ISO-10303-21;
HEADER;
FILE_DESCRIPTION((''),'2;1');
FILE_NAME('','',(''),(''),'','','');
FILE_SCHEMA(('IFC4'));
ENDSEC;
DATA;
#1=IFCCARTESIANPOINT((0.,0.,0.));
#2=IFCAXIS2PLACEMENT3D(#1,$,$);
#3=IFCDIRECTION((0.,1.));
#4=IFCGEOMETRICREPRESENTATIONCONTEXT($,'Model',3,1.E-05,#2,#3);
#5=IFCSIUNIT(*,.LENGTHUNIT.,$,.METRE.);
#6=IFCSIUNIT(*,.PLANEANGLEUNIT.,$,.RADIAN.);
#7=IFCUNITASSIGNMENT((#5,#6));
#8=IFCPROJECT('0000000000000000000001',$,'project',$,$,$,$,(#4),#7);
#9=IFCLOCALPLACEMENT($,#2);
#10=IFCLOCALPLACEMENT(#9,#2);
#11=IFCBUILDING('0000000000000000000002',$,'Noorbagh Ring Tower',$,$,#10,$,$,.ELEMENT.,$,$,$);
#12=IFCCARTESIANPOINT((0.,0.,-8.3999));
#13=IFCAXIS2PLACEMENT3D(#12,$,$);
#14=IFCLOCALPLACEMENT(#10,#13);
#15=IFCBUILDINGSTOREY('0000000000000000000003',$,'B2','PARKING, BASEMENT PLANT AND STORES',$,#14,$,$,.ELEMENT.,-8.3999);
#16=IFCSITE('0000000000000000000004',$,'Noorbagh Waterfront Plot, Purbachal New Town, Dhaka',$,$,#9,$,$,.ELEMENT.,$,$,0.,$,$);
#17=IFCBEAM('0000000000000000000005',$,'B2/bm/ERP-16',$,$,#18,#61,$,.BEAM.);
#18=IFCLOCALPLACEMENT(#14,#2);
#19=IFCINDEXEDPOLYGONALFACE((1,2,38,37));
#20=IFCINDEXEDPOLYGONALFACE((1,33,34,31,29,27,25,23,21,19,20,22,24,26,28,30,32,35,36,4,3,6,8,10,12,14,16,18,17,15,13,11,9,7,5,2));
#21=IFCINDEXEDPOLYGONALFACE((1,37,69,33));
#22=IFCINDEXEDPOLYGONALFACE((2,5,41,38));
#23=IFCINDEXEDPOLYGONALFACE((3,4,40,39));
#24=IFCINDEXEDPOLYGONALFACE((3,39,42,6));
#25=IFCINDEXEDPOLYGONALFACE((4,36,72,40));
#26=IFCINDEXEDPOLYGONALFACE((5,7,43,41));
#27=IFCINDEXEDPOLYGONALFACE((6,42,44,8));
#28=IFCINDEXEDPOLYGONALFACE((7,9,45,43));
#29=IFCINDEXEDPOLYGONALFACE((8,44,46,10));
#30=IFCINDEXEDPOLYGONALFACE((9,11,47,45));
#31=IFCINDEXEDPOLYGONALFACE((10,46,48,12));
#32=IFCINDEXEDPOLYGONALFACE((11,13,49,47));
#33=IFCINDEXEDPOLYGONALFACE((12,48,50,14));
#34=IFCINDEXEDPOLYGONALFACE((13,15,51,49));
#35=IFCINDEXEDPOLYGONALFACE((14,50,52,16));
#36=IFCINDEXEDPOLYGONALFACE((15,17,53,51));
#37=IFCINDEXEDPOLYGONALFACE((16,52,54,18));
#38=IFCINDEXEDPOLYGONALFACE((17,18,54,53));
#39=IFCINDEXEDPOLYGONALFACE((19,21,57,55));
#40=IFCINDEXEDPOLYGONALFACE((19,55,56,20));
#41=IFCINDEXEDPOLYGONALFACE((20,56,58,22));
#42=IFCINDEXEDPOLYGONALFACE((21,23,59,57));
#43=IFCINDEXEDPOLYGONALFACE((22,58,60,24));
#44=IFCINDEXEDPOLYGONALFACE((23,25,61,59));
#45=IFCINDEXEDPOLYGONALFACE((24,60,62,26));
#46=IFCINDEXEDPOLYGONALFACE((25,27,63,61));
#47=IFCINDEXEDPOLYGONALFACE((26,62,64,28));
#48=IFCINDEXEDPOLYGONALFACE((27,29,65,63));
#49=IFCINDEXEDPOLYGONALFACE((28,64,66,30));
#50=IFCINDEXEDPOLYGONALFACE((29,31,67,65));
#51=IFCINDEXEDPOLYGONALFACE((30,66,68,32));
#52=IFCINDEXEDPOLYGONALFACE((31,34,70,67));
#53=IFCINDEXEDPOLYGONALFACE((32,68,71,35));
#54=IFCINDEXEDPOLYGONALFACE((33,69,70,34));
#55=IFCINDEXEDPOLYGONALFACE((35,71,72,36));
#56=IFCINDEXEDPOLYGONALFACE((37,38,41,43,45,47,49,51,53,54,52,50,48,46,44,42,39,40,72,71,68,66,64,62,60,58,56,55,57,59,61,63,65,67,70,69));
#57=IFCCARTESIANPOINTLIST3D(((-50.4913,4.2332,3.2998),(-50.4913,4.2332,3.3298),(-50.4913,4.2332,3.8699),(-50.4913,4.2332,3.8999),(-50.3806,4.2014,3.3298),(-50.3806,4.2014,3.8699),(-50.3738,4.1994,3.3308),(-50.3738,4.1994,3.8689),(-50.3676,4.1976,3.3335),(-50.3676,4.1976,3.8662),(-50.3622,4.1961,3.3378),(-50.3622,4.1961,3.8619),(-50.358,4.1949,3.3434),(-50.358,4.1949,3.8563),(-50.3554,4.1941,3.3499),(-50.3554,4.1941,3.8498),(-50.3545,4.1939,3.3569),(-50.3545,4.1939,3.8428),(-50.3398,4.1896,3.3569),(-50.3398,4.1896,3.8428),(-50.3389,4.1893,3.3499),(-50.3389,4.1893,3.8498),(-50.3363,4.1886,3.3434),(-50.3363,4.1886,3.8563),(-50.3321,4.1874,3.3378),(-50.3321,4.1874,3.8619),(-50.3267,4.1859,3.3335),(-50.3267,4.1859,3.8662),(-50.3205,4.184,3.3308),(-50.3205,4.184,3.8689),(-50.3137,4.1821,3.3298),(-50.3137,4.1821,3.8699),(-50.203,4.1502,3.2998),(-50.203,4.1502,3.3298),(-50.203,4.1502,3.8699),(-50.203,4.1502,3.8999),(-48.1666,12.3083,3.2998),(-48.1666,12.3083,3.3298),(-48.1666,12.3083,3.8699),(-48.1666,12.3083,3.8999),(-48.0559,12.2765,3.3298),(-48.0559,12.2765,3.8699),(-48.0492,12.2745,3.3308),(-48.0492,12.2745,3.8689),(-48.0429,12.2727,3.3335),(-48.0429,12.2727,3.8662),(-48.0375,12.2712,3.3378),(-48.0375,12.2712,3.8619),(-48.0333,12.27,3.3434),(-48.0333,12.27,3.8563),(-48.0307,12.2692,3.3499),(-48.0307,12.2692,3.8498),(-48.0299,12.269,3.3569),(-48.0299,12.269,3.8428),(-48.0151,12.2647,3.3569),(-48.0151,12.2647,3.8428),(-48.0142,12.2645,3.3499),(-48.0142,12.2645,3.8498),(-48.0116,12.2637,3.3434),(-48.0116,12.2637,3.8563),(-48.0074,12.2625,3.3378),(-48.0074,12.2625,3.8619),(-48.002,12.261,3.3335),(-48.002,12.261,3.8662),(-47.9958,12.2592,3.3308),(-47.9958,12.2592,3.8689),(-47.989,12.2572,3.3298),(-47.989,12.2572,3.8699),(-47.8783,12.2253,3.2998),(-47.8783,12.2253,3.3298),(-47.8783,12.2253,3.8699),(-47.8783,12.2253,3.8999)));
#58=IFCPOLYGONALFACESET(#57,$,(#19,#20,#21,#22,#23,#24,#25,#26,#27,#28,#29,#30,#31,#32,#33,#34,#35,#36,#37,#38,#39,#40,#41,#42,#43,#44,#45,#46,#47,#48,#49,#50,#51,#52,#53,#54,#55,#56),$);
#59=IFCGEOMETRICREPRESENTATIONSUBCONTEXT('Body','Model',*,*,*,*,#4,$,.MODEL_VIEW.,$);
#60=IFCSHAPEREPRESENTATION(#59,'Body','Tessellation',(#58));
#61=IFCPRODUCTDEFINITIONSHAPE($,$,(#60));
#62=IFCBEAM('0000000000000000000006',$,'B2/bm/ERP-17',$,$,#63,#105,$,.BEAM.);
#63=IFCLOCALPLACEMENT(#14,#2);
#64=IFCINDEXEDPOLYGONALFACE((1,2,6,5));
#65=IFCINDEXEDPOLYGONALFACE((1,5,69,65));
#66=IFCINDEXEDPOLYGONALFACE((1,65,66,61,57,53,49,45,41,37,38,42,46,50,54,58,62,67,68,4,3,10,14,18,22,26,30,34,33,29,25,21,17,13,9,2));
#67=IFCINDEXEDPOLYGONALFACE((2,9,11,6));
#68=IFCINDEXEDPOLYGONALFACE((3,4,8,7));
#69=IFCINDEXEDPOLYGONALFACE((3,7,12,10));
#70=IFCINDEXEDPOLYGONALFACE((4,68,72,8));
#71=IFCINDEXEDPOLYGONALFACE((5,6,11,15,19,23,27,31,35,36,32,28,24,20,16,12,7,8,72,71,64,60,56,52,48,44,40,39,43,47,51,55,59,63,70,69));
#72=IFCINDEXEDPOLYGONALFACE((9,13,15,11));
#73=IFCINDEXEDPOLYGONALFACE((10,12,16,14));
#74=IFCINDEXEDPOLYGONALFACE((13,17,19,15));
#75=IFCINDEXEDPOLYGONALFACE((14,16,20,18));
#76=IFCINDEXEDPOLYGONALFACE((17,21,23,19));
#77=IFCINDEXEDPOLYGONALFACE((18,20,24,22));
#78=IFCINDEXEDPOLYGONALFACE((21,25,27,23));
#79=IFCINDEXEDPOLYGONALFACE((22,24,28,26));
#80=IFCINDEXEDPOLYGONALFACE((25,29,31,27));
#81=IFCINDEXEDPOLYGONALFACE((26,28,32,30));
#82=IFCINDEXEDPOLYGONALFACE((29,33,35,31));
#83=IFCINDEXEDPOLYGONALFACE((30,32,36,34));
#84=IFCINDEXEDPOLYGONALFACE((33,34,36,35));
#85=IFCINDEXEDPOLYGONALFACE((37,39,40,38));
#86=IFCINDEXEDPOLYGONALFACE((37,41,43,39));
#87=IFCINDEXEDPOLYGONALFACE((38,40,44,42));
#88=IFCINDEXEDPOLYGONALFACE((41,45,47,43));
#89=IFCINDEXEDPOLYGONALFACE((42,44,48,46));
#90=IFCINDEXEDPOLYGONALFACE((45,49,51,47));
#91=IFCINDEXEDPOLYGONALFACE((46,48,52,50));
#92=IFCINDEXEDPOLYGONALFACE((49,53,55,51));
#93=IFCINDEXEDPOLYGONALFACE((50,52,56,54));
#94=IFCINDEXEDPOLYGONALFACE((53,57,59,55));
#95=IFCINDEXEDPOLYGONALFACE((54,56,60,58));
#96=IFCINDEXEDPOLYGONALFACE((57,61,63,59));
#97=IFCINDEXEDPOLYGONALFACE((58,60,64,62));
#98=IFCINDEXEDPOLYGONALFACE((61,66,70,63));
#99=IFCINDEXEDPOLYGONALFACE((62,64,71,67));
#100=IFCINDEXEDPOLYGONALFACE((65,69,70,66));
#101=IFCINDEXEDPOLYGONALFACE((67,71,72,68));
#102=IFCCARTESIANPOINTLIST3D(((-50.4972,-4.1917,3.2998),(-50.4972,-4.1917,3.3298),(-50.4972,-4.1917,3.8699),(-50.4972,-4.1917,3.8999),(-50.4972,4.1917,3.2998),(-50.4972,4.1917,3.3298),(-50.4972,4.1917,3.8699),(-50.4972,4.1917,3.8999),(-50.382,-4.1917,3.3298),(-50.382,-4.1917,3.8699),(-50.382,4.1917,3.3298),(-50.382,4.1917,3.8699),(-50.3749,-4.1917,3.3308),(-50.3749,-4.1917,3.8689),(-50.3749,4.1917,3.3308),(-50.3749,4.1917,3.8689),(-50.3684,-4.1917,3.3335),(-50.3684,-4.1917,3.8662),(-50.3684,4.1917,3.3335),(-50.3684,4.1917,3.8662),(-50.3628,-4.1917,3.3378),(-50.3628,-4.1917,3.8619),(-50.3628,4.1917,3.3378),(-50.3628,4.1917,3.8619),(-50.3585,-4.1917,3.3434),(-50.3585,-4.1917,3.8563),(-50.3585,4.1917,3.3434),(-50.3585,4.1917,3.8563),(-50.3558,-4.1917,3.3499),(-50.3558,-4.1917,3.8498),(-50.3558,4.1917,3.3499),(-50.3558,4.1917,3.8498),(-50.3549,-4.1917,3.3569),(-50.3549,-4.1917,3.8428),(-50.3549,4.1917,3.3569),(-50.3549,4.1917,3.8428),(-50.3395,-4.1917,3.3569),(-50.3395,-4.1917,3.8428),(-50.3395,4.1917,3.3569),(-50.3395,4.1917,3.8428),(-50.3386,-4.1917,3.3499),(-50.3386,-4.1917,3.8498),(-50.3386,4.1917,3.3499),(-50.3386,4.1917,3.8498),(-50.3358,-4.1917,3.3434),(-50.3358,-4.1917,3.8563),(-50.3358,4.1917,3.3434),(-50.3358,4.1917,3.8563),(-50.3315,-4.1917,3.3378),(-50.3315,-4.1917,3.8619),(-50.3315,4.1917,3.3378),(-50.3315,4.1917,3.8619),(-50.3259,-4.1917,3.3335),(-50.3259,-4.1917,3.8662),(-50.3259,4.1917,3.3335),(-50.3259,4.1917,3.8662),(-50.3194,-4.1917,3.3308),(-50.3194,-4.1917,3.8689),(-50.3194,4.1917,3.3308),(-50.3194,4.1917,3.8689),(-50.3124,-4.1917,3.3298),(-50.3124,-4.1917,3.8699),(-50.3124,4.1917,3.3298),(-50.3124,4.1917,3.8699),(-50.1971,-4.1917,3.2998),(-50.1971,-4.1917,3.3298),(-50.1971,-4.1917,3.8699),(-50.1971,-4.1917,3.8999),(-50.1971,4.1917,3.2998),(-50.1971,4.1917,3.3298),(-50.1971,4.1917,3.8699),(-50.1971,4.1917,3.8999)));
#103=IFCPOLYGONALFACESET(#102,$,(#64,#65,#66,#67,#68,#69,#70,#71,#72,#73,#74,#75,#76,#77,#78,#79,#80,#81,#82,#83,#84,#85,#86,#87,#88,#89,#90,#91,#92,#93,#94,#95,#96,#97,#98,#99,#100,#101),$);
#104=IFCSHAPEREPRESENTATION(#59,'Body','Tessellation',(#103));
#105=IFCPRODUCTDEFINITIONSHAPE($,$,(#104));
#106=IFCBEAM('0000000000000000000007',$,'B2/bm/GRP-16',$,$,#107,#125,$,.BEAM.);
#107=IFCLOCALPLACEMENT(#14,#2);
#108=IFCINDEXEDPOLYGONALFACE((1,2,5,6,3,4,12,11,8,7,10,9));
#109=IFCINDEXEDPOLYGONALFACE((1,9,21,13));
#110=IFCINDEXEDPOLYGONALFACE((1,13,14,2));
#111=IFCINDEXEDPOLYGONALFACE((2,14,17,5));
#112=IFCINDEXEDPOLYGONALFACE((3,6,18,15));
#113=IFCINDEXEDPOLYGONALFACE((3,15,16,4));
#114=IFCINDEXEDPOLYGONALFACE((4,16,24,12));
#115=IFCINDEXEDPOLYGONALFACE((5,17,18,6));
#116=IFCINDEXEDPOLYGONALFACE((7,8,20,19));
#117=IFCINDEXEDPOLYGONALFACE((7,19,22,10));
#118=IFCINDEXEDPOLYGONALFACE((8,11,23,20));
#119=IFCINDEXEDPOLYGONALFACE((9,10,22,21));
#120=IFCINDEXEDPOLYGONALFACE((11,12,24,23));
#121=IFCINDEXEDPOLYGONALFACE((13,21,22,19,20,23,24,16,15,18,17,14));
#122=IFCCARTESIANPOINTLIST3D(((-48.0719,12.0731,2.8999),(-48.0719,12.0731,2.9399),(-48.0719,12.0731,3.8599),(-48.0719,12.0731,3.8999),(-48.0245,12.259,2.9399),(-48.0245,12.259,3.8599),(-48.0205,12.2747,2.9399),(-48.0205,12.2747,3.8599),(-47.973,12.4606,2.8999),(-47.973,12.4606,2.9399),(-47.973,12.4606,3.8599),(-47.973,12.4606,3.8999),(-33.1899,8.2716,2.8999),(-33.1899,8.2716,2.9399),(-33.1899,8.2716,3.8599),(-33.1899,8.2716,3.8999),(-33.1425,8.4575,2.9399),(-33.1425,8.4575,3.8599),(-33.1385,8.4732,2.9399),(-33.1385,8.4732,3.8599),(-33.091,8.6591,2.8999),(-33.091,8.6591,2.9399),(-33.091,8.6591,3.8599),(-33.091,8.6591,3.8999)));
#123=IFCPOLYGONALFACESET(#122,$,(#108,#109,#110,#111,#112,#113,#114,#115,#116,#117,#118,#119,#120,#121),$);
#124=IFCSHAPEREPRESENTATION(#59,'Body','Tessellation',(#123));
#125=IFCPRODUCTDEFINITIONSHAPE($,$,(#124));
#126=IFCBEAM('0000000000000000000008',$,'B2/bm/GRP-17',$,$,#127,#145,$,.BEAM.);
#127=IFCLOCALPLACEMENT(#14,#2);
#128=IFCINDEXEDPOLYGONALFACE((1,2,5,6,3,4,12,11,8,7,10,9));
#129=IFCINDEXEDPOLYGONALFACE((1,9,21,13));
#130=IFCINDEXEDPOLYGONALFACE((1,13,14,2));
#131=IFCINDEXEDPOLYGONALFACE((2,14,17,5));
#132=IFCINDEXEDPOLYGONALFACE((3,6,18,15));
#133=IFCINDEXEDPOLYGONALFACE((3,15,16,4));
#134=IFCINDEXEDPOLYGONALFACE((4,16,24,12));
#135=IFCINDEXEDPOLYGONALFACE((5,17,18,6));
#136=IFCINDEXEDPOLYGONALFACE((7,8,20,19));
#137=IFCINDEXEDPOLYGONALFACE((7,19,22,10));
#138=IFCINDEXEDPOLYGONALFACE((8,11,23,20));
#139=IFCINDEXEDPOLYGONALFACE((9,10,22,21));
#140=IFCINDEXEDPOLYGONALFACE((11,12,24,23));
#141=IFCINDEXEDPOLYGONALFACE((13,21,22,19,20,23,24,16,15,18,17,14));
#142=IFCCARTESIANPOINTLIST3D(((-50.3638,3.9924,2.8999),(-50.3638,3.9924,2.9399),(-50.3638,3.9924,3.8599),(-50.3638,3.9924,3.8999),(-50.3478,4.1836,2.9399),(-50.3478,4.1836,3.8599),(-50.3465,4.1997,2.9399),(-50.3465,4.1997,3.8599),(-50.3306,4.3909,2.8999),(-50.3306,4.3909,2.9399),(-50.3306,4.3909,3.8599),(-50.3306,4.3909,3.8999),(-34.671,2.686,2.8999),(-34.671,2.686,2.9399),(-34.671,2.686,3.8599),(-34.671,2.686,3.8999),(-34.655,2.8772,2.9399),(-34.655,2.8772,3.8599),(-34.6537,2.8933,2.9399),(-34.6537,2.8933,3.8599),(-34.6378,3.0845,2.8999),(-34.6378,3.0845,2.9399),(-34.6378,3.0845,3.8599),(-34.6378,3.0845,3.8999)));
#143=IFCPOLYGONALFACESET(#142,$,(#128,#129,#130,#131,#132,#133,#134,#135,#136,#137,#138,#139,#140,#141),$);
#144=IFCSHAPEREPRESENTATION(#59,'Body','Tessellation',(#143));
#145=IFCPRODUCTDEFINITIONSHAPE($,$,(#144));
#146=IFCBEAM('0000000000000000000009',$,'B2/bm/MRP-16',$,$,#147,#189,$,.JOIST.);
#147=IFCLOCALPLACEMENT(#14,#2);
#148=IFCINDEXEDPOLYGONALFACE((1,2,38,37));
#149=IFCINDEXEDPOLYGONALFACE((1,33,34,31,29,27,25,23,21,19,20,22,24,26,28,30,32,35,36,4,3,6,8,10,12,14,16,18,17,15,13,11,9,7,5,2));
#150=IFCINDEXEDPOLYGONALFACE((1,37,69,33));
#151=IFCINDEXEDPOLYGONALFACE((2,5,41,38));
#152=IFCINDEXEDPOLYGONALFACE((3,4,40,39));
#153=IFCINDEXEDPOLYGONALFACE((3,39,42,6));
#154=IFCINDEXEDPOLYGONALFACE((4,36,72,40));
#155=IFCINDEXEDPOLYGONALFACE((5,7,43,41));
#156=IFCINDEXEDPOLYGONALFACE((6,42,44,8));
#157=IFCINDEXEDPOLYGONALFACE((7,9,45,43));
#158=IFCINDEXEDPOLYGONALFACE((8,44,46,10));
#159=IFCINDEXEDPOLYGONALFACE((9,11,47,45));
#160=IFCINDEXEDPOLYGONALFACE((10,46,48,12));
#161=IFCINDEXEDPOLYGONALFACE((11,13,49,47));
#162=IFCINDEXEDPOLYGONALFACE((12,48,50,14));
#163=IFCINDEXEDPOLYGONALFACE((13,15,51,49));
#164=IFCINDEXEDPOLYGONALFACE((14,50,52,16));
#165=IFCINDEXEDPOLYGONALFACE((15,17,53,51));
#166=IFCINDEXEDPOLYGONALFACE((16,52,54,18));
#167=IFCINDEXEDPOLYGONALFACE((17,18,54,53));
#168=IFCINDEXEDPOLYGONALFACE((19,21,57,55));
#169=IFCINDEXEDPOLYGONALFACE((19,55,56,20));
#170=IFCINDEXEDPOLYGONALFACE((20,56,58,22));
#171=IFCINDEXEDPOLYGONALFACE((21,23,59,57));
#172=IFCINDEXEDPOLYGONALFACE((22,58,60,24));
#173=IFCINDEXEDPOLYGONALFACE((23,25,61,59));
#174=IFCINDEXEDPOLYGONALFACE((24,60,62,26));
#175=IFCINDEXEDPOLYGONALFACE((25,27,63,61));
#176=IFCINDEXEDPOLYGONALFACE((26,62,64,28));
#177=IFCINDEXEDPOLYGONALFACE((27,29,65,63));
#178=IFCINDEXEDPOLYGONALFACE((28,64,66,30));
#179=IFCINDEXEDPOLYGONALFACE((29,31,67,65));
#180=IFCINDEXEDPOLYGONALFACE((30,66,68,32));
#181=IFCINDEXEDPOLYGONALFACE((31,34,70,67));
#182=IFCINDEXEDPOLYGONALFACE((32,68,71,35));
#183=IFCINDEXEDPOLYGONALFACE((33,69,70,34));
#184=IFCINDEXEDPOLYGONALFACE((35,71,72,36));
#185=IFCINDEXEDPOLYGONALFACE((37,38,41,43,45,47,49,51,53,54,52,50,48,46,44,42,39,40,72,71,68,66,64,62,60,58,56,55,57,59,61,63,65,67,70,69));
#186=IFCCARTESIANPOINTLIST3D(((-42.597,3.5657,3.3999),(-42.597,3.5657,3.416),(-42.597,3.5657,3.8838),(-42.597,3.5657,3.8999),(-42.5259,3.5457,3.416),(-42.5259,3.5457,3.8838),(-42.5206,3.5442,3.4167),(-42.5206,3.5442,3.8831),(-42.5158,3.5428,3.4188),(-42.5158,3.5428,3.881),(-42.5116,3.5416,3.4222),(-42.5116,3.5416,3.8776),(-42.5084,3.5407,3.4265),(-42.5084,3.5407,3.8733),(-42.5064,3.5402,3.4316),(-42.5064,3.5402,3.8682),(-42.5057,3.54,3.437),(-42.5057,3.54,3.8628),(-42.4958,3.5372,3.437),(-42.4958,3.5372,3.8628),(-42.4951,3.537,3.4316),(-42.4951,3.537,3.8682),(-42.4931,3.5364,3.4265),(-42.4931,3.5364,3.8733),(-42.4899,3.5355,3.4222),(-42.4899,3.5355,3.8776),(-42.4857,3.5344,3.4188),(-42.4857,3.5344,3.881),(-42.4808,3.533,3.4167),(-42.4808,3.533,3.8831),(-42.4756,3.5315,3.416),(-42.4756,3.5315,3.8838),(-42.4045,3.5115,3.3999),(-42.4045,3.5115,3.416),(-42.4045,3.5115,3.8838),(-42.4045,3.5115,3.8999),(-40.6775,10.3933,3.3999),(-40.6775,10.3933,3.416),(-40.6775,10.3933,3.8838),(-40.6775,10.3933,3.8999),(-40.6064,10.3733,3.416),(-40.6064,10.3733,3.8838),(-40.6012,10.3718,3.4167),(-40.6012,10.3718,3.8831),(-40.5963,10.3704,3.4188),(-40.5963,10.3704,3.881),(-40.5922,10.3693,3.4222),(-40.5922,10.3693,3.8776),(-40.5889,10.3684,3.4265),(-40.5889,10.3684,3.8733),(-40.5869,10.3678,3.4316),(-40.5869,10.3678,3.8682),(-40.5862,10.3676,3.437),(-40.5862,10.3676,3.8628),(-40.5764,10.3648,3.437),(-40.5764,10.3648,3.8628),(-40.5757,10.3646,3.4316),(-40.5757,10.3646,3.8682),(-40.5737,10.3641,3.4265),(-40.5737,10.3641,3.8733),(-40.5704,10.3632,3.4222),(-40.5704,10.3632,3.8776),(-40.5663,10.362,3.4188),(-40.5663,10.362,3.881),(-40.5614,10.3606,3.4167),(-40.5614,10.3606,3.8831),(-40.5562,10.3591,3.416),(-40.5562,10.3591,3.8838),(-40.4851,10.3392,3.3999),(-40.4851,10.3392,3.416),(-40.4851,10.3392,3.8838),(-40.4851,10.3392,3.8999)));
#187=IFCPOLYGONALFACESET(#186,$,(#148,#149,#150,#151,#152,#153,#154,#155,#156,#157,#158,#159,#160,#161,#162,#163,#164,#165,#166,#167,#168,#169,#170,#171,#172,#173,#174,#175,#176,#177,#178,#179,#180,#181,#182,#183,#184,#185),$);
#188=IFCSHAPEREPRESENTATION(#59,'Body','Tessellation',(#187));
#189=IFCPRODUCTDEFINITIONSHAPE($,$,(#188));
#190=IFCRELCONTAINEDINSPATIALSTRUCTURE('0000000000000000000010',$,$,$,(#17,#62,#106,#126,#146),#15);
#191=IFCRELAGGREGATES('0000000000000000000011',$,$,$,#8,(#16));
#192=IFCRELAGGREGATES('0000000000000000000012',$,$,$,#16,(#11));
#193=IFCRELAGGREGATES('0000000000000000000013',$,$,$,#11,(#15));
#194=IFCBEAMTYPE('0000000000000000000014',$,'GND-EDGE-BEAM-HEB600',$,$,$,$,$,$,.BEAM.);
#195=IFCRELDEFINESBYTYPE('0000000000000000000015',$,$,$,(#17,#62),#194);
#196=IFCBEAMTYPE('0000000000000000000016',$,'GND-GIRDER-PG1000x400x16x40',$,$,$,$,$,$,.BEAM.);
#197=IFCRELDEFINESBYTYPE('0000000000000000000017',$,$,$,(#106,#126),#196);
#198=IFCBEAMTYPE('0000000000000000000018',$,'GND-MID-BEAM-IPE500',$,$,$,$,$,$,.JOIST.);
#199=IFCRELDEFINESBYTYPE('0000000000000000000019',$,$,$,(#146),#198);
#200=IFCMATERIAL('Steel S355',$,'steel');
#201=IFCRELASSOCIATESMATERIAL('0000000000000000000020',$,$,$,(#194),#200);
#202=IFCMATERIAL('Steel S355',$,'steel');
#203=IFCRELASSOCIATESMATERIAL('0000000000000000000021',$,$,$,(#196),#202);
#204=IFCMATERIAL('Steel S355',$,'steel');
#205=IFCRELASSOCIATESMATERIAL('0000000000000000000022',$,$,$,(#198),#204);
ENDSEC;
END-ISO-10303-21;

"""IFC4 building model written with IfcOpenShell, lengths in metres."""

from ifc_helpers import new_model, si_unit, direction, frame, origin, origin_2d, place, context, subcontext, project, spatial, i_section, extrude, material, material_profile, profile_set, type_object, element, save


model = new_model("IFC4")

# Units and contexts
model_context = context("Model", 3, precision=1e-05, world=origin(), true_north=direction((0.0, 1.0)))
body_context = subcontext(model_context, "Body", "Model", "MODEL_VIEW")
ifc_project = project(units=[si_unit("LENGTHUNIT", "METRE"), si_unit("PLANEANGLEUNIT", "RADIAN")], contexts=[model_context])

# Site, building, storey
site_placement = place(None, origin())
site = spatial("IfcSite", under=ifc_project, at=site_placement, Name="Noorbagh Waterfront Plot, Purbachal New Town, Dhaka", CompositionType="ELEMENT", RefElevation=0.0)
building_placement = place(site_placement, origin())
building = spatial("IfcBuilding", under=site, at=building_placement, Name="Noorbagh Ring Tower", CompositionType="ELEMENT")
storey_placement = place(building_placement, frame((0.0, 0.0, -8.3999)))
storey = spatial("IfcBuildingStorey", under=building, at=storey_placement, Name="B2", Description="PARKING, BASEMENT PLANT AND STORES", CompositionType="ELEMENT", Elevation=-8.3999)

# Beams
ifc_material_1 = material(Name="Steel S355", Category="steel")
ifc_material_profile_1 = material_profile(ifc_material_1, i_section(OverallWidth=0.3, OverallDepth=0.6001, WebThickness=0.0154, FlangeThickness=0.03, FilletRadius=0.0271, at=origin_2d()), Name="HEB600")
ifc_profile_set_1 = profile_set([ifc_material_profile_1], Name="Steel S355")
beam_type_1 = type_object("IfcBeamType", Name="GND-EDGE-BEAM-HEB600", PredefinedType="BEAM", material=ifc_profile_set_1)
beam_1_placement = place(storey_placement, frame((-48.0225, 12.2668, 3.5999), z_axis=(-0.276647, -0.960972, 0.0), x_axis=(0.960972, -0.276647, 0.0)))
element("IfcBeam", 1, at=beam_1_placement, inside=storey, type_object=beam_type_1, Name="B2/bm/ERP-16", PredefinedType="BEAM", context=body_context, shape_type="SweptSolid", body=[
    extrude(i_section(OverallWidth=0.3, OverallDepth=0.6001, WebThickness=0.0154, FlangeThickness=0.03, FilletRadius=0.0271, at=origin_2d()), origin(), (0.0, 0.0, 1.0), 8.4031),
])
beam_2_placement = place(storey_placement, frame((-50.3472, 4.1917, 3.5999), z_axis=(0.0, -1.0, 0.0), x_axis=(1.0, 0.0, 0.0)))
element("IfcBeam", 2, at=beam_2_placement, inside=storey, type_object=beam_type_1, Name="B2/bm/ERP-17", PredefinedType="BEAM", context=body_context, shape_type="SweptSolid", body=[
    extrude(i_section(OverallWidth=0.3, OverallDepth=0.6001, WebThickness=0.0154, FlangeThickness=0.03, FilletRadius=0.0271, at=origin_2d()), origin(), (0.0, 0.0, 1.0), 8.3833),
])
ifc_material_2 = material(Name="Steel S355", Category="steel")
ifc_material_profile_2 = material_profile(ifc_material_2, i_section(OverallWidth=0.3999, OverallDepth=1.0, WebThickness=0.0161, FlangeThickness=0.04, at=origin_2d()), Name="PG1000x400x16x40")
ifc_profile_set_2 = profile_set([ifc_material_profile_2], Name="Steel S355")
beam_type_2 = type_object("IfcBeamType", Name="GND-GIRDER-PG1000x400x16x40", PredefinedType="BEAM", material=ifc_profile_set_2)
beam_3_placement = place(storey_placement, frame((-48.0225, 12.2668, 3.3999), z_axis=(0.968889, -0.247495, 0.0), x_axis=(0.247495, 0.968889, 0.0)))
element("IfcBeam", 3, at=beam_3_placement, inside=storey, type_object=beam_type_2, Name="B2/bm/GRP-16", PredefinedType="BEAM", context=body_context, shape_type="SweptSolid", body=[
    extrude(i_section(OverallWidth=0.3999, OverallDepth=1.0, WebThickness=0.0161, FlangeThickness=0.04, at=origin_2d()), origin(), (0.0, 0.0, 1.0), 15.3599),
])
beam_4_placement = place(storey_placement, frame((-50.3472, 4.1917, 3.3999), z_axis=(0.996553, -0.082961, 0.0), x_axis=(0.082961, 0.996553, 0.0)))
element("IfcBeam", 4, at=beam_4_placement, inside=storey, type_object=beam_type_2, Name="B2/bm/GRP-17", PredefinedType="BEAM", context=body_context, shape_type="SweptSolid", body=[
    extrude(i_section(OverallWidth=0.3999, OverallDepth=1.0, WebThickness=0.0161, FlangeThickness=0.04, at=origin_2d()), origin(), (0.0, 0.0, 1.0), 15.7471),
])
ifc_material_3 = material(Name="Steel S355", Category="steel")
ifc_material_profile_3 = material_profile(ifc_material_3, i_section(OverallWidth=0.2, OverallDepth=0.5, WebThickness=0.0103, FlangeThickness=0.0161, FilletRadius=0.021, at=origin_2d()), Name="IPE500")
ifc_profile_set_3 = profile_set([ifc_material_profile_3], Name="Steel S355")
beam_type_3 = type_object("IfcBeamType", Name="GND-MID-BEAM-IPE500", PredefinedType="JOIST", material=ifc_profile_set_3)
beam_5_placement = place(storey_placement, frame((-40.5813, 10.3662, 3.6499), z_axis=(-0.270636, -0.962682, 0.0), x_axis=(0.962682, -0.270636, 0.0)))
element("IfcBeam", 5, at=beam_5_placement, inside=storey, type_object=beam_type_3, Name="B2/bm/MRP-16", PredefinedType="JOIST", context=body_context, shape_type="SweptSolid", body=[
    extrude(i_section(OverallWidth=0.2, OverallDepth=0.5, WebThickness=0.0103, FlangeThickness=0.0161, FilletRadius=0.021, at=origin_2d()), origin(), (0.0, 0.0, 1.0), 7.0923),
])

save(model, "model.ifc")
